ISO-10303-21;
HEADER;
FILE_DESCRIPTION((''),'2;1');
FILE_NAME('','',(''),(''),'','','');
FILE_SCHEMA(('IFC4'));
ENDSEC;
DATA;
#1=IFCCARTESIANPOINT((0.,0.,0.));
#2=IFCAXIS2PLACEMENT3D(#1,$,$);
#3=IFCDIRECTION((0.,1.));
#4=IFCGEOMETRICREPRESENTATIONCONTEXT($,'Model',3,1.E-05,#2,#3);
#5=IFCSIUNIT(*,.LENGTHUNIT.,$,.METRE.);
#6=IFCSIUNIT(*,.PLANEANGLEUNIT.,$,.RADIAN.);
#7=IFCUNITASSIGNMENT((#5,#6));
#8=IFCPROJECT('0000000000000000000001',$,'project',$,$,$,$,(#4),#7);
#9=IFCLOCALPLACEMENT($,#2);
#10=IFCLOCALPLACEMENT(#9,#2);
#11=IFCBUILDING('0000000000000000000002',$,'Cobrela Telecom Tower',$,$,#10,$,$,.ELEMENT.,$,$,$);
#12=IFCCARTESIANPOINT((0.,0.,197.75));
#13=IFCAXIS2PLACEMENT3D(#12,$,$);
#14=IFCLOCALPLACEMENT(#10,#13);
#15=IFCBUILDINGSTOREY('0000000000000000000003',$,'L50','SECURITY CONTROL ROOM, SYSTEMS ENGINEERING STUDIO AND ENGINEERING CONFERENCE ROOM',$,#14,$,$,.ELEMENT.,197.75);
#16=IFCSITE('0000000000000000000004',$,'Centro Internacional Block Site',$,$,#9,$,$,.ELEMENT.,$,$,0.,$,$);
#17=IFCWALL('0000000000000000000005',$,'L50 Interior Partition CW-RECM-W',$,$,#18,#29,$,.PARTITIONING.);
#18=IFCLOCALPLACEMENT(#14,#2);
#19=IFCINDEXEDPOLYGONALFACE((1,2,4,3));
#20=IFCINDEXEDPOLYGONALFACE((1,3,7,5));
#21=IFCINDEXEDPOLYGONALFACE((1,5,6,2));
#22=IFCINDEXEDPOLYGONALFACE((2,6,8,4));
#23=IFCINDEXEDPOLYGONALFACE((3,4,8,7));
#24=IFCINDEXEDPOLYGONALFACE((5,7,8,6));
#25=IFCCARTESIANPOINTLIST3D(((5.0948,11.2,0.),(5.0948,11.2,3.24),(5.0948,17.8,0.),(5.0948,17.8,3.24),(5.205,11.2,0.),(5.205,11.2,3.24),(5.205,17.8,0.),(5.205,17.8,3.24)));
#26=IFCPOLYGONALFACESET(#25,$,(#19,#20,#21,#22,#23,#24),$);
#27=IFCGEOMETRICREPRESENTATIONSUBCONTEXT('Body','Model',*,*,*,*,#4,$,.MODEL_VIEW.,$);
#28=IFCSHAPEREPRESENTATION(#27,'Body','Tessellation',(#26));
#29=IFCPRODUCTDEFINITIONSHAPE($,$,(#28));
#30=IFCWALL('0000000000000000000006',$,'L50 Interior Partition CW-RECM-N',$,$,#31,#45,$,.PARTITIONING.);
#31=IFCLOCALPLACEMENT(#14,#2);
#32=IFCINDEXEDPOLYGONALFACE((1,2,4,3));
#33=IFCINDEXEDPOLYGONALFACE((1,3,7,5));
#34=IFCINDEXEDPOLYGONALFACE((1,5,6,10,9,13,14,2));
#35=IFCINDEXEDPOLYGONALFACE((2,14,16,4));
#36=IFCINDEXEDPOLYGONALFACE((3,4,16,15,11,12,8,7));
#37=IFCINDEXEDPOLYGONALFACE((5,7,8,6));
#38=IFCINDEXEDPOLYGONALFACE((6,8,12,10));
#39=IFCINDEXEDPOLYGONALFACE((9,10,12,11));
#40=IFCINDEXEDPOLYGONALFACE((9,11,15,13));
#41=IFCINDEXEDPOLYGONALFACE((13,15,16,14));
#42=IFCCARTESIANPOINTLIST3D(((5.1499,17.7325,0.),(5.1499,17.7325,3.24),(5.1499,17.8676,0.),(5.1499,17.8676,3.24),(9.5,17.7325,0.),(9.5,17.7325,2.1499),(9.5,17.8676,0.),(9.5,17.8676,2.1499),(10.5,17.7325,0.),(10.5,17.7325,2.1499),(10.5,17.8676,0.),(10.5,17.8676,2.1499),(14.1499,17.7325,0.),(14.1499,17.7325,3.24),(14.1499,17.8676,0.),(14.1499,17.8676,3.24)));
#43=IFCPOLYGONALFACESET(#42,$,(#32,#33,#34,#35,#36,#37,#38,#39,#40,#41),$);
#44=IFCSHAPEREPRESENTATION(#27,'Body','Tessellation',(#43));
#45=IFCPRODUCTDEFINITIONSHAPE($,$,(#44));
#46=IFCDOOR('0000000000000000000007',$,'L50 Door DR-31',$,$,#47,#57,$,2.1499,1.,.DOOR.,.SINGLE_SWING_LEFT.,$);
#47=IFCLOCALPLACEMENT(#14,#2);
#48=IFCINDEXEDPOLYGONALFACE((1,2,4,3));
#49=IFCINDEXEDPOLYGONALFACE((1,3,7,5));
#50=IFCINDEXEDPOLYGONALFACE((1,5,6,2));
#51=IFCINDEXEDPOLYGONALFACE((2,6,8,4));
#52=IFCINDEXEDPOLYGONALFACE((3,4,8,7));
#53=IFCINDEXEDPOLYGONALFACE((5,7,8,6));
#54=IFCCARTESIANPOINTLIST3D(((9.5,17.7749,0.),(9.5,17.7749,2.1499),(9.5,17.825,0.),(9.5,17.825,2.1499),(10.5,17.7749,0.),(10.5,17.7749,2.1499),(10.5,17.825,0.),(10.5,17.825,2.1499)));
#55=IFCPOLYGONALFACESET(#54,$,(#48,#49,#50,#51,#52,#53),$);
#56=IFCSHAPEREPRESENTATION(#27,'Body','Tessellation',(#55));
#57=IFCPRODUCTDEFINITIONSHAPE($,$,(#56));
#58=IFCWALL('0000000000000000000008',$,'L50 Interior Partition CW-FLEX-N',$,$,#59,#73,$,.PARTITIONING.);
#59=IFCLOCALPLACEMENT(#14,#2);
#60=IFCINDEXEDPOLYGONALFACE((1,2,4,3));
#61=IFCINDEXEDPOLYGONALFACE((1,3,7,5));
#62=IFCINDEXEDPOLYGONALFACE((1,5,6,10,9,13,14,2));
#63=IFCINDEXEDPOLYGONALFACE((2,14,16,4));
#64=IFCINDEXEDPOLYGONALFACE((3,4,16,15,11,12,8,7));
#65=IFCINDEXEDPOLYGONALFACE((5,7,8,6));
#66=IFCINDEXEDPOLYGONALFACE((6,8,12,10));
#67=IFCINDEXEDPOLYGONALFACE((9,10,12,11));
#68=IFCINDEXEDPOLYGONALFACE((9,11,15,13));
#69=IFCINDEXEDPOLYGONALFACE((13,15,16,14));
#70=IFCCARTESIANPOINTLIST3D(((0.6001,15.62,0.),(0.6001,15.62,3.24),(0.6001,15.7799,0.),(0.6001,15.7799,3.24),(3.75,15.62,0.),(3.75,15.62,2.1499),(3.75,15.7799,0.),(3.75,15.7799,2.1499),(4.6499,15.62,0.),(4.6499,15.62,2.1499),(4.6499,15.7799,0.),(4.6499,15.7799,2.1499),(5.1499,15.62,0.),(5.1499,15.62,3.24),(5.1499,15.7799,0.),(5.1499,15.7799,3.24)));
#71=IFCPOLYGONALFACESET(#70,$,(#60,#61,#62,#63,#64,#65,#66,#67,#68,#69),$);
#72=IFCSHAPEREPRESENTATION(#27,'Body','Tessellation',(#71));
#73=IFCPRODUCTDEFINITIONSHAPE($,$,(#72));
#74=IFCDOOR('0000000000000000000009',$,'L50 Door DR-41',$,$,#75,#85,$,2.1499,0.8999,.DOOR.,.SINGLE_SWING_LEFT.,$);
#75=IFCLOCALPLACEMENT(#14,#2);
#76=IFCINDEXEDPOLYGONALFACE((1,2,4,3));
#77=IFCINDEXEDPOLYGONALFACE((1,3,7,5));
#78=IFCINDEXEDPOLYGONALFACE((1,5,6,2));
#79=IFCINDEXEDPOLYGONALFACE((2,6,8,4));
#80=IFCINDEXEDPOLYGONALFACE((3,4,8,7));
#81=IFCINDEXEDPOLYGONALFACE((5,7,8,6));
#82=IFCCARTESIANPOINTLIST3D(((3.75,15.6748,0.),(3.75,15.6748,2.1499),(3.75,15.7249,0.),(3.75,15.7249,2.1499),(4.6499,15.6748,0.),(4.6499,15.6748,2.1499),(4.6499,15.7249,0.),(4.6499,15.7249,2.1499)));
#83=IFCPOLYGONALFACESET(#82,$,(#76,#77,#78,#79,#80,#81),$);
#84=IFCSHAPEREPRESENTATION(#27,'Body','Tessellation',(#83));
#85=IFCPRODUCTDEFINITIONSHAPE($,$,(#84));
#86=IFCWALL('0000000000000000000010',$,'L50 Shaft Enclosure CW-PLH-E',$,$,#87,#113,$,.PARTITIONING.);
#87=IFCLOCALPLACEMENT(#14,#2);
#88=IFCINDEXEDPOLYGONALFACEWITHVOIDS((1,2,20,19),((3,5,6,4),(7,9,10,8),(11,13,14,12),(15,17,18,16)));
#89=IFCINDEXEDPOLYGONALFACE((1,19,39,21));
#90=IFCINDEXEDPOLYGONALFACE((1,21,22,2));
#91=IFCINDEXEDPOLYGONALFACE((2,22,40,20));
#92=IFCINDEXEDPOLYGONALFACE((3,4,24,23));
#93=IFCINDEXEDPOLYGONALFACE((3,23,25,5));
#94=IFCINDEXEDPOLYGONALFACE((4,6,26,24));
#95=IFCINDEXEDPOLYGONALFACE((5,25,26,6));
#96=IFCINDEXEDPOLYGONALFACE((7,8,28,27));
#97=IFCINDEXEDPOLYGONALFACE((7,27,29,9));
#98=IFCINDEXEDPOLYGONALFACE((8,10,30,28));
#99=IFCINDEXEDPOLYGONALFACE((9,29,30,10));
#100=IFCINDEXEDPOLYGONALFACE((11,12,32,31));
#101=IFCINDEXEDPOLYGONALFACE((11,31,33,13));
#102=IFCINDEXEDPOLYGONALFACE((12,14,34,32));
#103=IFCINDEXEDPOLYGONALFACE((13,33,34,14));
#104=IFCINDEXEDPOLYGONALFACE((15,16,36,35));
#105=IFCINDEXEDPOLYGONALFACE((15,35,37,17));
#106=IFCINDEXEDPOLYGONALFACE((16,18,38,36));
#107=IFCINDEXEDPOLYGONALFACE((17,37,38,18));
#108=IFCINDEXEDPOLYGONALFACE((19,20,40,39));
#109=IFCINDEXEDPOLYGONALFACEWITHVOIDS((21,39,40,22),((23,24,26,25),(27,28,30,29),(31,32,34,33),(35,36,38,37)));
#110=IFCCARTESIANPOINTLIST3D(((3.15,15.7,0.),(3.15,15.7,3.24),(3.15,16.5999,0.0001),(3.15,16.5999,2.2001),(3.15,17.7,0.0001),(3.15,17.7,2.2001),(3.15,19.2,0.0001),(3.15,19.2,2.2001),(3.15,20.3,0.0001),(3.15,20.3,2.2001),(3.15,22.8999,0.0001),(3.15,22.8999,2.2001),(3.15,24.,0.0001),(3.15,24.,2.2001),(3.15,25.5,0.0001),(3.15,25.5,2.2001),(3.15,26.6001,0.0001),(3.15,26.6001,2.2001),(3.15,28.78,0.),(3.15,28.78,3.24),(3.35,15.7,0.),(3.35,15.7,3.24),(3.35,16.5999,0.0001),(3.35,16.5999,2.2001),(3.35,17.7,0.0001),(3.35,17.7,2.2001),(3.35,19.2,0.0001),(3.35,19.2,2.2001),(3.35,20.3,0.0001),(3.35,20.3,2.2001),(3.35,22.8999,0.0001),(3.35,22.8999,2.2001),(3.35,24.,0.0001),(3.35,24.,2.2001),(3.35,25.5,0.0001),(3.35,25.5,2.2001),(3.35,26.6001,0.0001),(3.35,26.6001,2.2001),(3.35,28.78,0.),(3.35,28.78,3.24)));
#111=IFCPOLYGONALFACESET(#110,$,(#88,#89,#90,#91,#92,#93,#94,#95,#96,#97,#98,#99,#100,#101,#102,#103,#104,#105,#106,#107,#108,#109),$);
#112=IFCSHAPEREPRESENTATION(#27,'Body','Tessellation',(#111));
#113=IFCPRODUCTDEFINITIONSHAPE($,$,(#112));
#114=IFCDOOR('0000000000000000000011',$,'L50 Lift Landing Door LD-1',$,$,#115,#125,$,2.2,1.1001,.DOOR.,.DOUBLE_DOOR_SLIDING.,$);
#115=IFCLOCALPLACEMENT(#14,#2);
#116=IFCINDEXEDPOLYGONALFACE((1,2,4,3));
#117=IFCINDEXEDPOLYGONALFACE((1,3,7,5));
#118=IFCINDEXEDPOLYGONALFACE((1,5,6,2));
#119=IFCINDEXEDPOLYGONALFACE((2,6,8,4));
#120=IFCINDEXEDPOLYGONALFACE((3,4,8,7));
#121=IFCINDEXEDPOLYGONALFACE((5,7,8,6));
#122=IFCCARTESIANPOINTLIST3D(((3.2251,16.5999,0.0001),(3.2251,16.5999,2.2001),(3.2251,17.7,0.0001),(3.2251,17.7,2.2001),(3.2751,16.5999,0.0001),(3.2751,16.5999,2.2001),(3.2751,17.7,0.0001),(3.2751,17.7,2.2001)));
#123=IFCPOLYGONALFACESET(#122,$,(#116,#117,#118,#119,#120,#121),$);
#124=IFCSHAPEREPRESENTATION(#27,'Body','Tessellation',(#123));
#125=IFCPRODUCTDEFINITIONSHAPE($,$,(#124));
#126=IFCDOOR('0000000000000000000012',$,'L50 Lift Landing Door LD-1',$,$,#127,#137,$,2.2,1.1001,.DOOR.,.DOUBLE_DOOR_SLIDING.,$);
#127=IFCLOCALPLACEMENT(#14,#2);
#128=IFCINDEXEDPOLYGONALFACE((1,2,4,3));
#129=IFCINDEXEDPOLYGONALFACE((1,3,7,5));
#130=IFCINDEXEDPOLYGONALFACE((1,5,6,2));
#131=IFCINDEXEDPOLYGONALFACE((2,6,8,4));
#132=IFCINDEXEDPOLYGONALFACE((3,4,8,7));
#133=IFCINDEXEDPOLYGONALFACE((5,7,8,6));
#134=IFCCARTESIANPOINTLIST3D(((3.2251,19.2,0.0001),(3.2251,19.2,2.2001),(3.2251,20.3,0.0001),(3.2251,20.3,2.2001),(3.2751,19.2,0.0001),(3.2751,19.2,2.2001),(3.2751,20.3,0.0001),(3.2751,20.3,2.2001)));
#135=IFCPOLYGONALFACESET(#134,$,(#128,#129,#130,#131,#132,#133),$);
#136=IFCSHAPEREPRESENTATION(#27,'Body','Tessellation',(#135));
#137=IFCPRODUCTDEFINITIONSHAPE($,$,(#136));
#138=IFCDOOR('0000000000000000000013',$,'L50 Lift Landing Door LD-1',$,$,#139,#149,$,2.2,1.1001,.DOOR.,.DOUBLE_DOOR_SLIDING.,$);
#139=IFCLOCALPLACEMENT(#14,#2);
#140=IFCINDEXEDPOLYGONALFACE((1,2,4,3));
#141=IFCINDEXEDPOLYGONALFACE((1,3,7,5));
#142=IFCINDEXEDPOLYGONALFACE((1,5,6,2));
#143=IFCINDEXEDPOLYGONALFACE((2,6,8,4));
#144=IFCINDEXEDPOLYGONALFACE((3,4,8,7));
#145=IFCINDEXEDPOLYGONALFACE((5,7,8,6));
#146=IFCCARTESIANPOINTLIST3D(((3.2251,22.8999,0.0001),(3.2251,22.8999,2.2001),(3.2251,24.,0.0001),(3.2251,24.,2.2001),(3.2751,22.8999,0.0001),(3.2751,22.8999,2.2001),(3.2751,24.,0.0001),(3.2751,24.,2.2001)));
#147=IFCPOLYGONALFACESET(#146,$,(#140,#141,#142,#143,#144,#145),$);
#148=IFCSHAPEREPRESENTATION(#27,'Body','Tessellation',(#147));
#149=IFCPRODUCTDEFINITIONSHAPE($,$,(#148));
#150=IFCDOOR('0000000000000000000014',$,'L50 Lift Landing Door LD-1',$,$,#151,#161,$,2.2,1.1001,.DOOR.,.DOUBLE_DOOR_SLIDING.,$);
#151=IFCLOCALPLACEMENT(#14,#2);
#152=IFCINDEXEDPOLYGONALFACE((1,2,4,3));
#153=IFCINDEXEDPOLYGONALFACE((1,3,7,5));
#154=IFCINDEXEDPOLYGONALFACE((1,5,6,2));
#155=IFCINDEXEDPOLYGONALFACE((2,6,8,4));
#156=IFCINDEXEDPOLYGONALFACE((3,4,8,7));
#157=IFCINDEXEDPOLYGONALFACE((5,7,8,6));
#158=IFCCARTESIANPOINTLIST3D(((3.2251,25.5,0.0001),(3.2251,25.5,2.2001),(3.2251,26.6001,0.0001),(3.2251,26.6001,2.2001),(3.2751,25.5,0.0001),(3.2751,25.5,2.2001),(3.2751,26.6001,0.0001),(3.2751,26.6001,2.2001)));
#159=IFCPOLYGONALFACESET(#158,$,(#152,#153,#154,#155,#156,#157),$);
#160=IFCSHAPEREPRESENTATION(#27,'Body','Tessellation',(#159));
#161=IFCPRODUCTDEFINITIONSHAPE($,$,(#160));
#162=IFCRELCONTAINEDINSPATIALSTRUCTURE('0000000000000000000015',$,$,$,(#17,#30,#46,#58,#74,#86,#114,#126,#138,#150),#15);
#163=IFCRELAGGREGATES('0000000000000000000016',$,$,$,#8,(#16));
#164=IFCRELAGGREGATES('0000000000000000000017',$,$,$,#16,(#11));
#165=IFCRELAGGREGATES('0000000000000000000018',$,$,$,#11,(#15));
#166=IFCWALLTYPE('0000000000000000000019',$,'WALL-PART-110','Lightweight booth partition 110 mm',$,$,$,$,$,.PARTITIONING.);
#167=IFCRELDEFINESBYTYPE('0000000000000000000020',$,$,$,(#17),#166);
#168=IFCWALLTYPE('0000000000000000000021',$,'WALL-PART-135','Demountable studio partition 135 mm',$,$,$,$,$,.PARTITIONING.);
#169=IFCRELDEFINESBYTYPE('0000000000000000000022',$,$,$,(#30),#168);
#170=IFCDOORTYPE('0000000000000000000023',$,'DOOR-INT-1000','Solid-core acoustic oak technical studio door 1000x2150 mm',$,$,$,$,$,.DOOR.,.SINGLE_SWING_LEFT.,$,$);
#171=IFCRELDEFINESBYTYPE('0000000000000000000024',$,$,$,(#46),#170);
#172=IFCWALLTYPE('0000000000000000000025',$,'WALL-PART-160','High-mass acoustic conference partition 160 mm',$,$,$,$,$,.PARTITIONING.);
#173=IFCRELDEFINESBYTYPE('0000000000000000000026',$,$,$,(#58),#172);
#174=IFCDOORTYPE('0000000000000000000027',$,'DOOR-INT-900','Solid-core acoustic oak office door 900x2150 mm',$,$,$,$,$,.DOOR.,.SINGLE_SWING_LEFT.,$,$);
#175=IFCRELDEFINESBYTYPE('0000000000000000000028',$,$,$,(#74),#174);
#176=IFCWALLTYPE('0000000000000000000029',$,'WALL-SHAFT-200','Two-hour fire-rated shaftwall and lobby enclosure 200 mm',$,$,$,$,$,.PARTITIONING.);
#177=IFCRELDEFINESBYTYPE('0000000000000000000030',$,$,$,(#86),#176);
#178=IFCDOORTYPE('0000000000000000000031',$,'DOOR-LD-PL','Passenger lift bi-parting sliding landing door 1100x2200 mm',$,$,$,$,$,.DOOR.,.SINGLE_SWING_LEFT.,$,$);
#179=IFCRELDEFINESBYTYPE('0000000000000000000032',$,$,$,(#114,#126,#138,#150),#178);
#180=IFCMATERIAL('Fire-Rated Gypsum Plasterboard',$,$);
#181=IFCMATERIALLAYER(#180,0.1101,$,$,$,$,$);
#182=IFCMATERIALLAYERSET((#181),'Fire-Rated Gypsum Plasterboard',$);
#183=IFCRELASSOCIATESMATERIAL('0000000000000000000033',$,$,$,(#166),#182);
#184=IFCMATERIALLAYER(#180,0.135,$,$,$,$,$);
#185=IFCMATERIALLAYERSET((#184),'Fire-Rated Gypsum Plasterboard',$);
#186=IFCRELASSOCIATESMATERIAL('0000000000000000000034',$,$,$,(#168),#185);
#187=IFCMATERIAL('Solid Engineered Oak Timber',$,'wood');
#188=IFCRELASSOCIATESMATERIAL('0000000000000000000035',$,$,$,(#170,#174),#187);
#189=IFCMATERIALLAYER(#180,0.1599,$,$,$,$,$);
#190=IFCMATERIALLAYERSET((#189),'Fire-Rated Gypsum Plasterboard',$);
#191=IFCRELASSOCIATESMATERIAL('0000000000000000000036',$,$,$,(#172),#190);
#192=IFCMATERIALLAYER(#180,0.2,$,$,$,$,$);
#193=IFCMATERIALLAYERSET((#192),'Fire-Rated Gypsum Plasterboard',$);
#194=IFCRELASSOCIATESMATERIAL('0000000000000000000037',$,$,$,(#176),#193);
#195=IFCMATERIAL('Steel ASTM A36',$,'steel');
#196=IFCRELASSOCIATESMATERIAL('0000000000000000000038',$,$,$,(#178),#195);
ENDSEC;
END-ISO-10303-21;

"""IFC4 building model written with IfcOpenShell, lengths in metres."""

from ifc_helpers import new_model, si_unit, direction, frame, frame_2d, origin, place, context, subcontext, project, spatial, rectangle, extrude, material, layer, layer_set, type_object, element, fill, save


model = new_model("IFC4")

# Units and contexts
model_context = context("Model", 3, precision=1e-05, world=origin(), true_north=direction((0.0, 1.0)))
body_context = subcontext(model_context, "Body", "Model", "MODEL_VIEW")
ifc_project = project(units=[si_unit("LENGTHUNIT", "METRE"), si_unit("PLANEANGLEUNIT", "RADIAN")], contexts=[model_context])

# Site, building, storey
site_placement = place(None, origin())
site = spatial("IfcSite", under=ifc_project, at=site_placement, Name="Centro Internacional Block Site", CompositionType="ELEMENT", RefElevation=0.0)
building_placement = place(site_placement, origin())
building = spatial("IfcBuilding", under=site, at=building_placement, Name="Cobrela Telecom Tower", CompositionType="ELEMENT")
storey_placement = place(building_placement, frame((0.0, 0.0, 197.75)))
storey = spatial("IfcBuildingStorey", under=building, at=storey_placement, Name="L50", Description="SECURITY CONTROL ROOM, SYSTEMS ENGINEERING STUDIO AND ENGINEERING CONFERENCE ROOM", CompositionType="ELEMENT", Elevation=197.75)

# Wall
ifc_material_1 = material(Name="Fire-Rated Gypsum Plasterboard")
ifc_layer_1 = layer(ifc_material_1, 0.1101)
ifc_layer_set_1 = layer_set([ifc_layer_1], Name="Fire-Rated Gypsum Plasterboard")
wall_type_1 = type_object("IfcWallType", Name="WALL-PART-110", Description="Lightweight booth partition 110 mm", PredefinedType="PARTITIONING", material=ifc_layer_set_1)
wall_1_placement = place(storey_placement, frame((5.1499, 11.2, 0.0), z_axis=(0.0, 0.0, 1.0), x_axis=(0.0, 1.0, 0.0)))
element("IfcWall", 1, at=wall_1_placement, inside=storey, type_object=wall_type_1, Name="L50 Interior Partition CW-RECM-W", PredefinedType="PARTITIONING", context=body_context, shape_type="SweptSolid", body=[
    extrude(rectangle(XDim=6.6001, YDim=0.1101, at=frame_2d((3.3, 0.0))), origin(), (0.0, 0.0, 1.0), 3.24),
])

# Walls, openings, doors
ifc_layer_2 = layer(ifc_material_1, 0.135)
ifc_layer_set_2 = layer_set([ifc_layer_2], Name="Fire-Rated Gypsum Plasterboard")
wall_type_2 = type_object("IfcWallType", Name="WALL-PART-135", Description="Demountable studio partition 135 mm", PredefinedType="PARTITIONING", material=ifc_layer_set_2)
wall_2_placement = place(storey_placement, frame((5.1499, 17.8, 0.0), z_axis=(0.0, 0.0, 1.0), x_axis=(1.0, 0.0, 0.0)))
wall_2 = element("IfcWall", 2, at=wall_2_placement, inside=storey, type_object=wall_type_2, Name="L50 Interior Partition CW-RECM-N", PredefinedType="PARTITIONING", context=body_context, shape_type="SweptSolid", body=[
    extrude(rectangle(XDim=9.0, YDim=0.135, at=frame_2d((4.5, 0.0))), origin(), (0.0, 0.0, 1.0), 3.24),
])
opening_1_placement = place(wall_2_placement, frame((4.3501, 0.0, 0.0)))
opening_1 = element("IfcOpeningElement", 3, at=opening_1_placement, cuts=wall_2, PredefinedType="OPENING", context=body_context, shape_type="SweptSolid", body=[
    extrude(rectangle(XDim=1.0, YDim=2.1499, at=frame_2d((0.5, 1.075))), frame((0.0, 0.0796, 0.0), z_axis=(0.0, -1.0, 0.0), x_axis=(1.0, 0.0, 0.0)), (0.0, 0.0, 1.0), 0.1589),
])
ifc_material_2 = material(Name="Solid Engineered Oak Timber", Category="wood")
door_type_1 = type_object("IfcDoorType", Name="DOOR-INT-1000", Description="Solid-core acoustic oak technical studio door 1000x2150 mm", OperationType="SINGLE_SWING_LEFT", PredefinedType="DOOR", material=ifc_material_2)
door_1_placement = place(opening_1_placement, origin())
door_1 = element("IfcDoor", 4, at=door_1_placement, inside=storey, type_object=door_type_1, Name="L50 Door DR-31", OperationType="SINGLE_SWING_LEFT", OverallHeight=2.1499, OverallWidth=1.0, PredefinedType="DOOR", context=body_context, shape_type="SweptSolid", body=[
    extrude(rectangle(XDim=1.0, YDim=2.1499, at=frame_2d((0.5, 1.075))), frame((0.0, 0.0249, 0.0), z_axis=(0.0, -1.0, 0.0), x_axis=(1.0, 0.0, 0.0)), (0.0, 0.0, 1.0), 0.05),
])
fill(opening_1, door_1)
ifc_layer_3 = layer(ifc_material_1, 0.1599)
ifc_layer_set_3 = layer_set([ifc_layer_3], Name="Fire-Rated Gypsum Plasterboard")
wall_type_3 = type_object("IfcWallType", Name="WALL-PART-160", Description="High-mass acoustic conference partition 160 mm", PredefinedType="PARTITIONING", material=ifc_layer_set_3)
wall_3_placement = place(storey_placement, frame((0.6001, 15.7, 0.0), z_axis=(0.0, 0.0, 1.0), x_axis=(1.0, 0.0, 0.0)))
wall_3 = element("IfcWall", 5, at=wall_3_placement, inside=storey, type_object=wall_type_3, Name="L50 Interior Partition CW-FLEX-N", PredefinedType="PARTITIONING", context=body_context, shape_type="SweptSolid", body=[
    extrude(rectangle(XDim=4.5498, YDim=0.1599, at=frame_2d((2.2749, 0.0))), origin(), (0.0, 0.0, 1.0), 3.24),
])
opening_2_placement = place(wall_3_placement, frame((3.1499, 0.0, 0.0)))
opening_2 = element("IfcOpeningElement", 6, at=opening_2_placement, cuts=wall_3, PredefinedType="OPENING", context=body_context, shape_type="SweptSolid", body=[
    extrude(rectangle(XDim=0.8999, YDim=2.1499, at=frame_2d((0.45, 1.075))), frame((0.0, 0.0918, 0.0), z_axis=(0.0, -1.0, 0.0), x_axis=(1.0, 0.0, 0.0)), (0.0, 0.0, 1.0), 0.1838),
])
door_type_2 = type_object("IfcDoorType", Name="DOOR-INT-900", Description="Solid-core acoustic oak office door 900x2150 mm", OperationType="SINGLE_SWING_LEFT", PredefinedType="DOOR", material=ifc_material_2)
door_2_placement = place(opening_2_placement, origin())
door_2 = element("IfcDoor", 7, at=door_2_placement, inside=storey, type_object=door_type_2, Name="L50 Door DR-41", OperationType="SINGLE_SWING_LEFT", OverallHeight=2.1499, OverallWidth=0.8999, PredefinedType="DOOR", context=body_context, shape_type="SweptSolid", body=[
    extrude(rectangle(XDim=0.8999, YDim=2.1499, at=frame_2d((0.45, 1.075))), frame((0.0, 0.0249, 0.0), z_axis=(0.0, -1.0, 0.0), x_axis=(1.0, 0.0, 0.0)), (0.0, 0.0, 1.0), 0.05),
])
fill(opening_2, door_2)

# Wall, openings, doors
ifc_layer_4 = layer(ifc_material_1, 0.2)
ifc_layer_set_4 = layer_set([ifc_layer_4], Name="Fire-Rated Gypsum Plasterboard")
wall_type_4 = type_object("IfcWallType", Name="WALL-SHAFT-200", Description="Two-hour fire-rated shaftwall and lobby enclosure 200 mm", PredefinedType="PARTITIONING", material=ifc_layer_set_4)
wall_4_placement = place(storey_placement, frame((3.25, 15.7, 0.0), z_axis=(0.0, 0.0, 1.0), x_axis=(0.0, 1.0, 0.0)))
wall_4 = element("IfcWall", 8, at=wall_4_placement, inside=storey, type_object=wall_type_4, Name="L50 Shaft Enclosure CW-PLH-E", PredefinedType="PARTITIONING", context=body_context, shape_type="SweptSolid", body=[
    extrude(rectangle(XDim=13.0801, YDim=0.2, at=frame_2d((6.54, 0.0))), origin(), (0.0, 0.0, 1.0), 3.24),
])
opening_3_placement = place(wall_4_placement, frame((0.8999, 0.0, 0.0)))
opening_3 = element("IfcOpeningElement", 9, at=opening_3_placement, cuts=wall_4, PredefinedType="OPENING", context=body_context, shape_type="SweptSolid", body=[
    extrude(rectangle(XDim=1.1001, YDim=2.2, at=frame_2d((0.55, 1.1001))), frame((0.0, 0.1118, 0.0), z_axis=(0.0, -1.0, 0.0), x_axis=(1.0, 0.0, 0.0)), (0.0, 0.0, 1.0), 0.2239),
])
opening_4_placement = place(wall_4_placement, frame((3.5, 0.0, 0.0)))
opening_4 = element("IfcOpeningElement", 10, at=opening_4_placement, cuts=wall_4, PredefinedType="OPENING", context=body_context, shape_type="SweptSolid", body=[
    extrude(rectangle(XDim=1.1001, YDim=2.2, at=frame_2d((0.55, 1.1001))), frame((0.0, 0.1118, 0.0), z_axis=(0.0, -1.0, 0.0), x_axis=(1.0, 0.0, 0.0)), (0.0, 0.0, 1.0), 0.2239),
])
opening_5_placement = place(wall_4_placement, frame((7.2, 0.0, 0.0)))
opening_5 = element("IfcOpeningElement", 11, at=opening_5_placement, cuts=wall_4, PredefinedType="OPENING", context=body_context, shape_type="SweptSolid", body=[
    extrude(rectangle(XDim=1.1001, YDim=2.2, at=frame_2d((0.55, 1.1001))), frame((0.0, 0.1118, 0.0), z_axis=(0.0, -1.0, 0.0), x_axis=(1.0, 0.0, 0.0)), (0.0, 0.0, 1.0), 0.2239),
])
opening_6_placement = place(wall_4_placement, frame((9.8, 0.0, 0.0)))
opening_6 = element("IfcOpeningElement", 12, at=opening_6_placement, cuts=wall_4, PredefinedType="OPENING", context=body_context, shape_type="SweptSolid", body=[
    extrude(rectangle(XDim=1.1001, YDim=2.2, at=frame_2d((0.55, 1.1001))), frame((0.0, 0.1118, 0.0), z_axis=(0.0, -1.0, 0.0), x_axis=(1.0, 0.0, 0.0)), (0.0, 0.0, 1.0), 0.2239),
])
ifc_material_3 = material(Name="Steel ASTM A36", Category="steel")
door_type_3 = type_object("IfcDoorType", Name="DOOR-LD-PL", Description="Passenger lift bi-parting sliding landing door 1100x2200 mm", OperationType="SINGLE_SWING_LEFT", PredefinedType="DOOR", material=ifc_material_3)
door_3_placement = place(opening_3_placement, origin())
door_3 = element("IfcDoor", 13, at=door_3_placement, inside=storey, type_object=door_type_3, Name="L50 Lift Landing Door LD-1", OperationType="DOUBLE_DOOR_SLIDING", OverallHeight=2.2, OverallWidth=1.1001, PredefinedType="DOOR", context=body_context, shape_type="SweptSolid", body=[
    extrude(rectangle(XDim=1.1001, YDim=2.2, at=frame_2d((0.55, 1.1001))), frame((0.0, 0.0249, 0.0), z_axis=(0.0, -1.0, 0.0), x_axis=(1.0, 0.0, 0.0)), (0.0, 0.0, 1.0), 0.05),
])
fill(opening_3, door_3)
door_4_placement = place(opening_4_placement, origin())
door_4 = element("IfcDoor", 14, at=door_4_placement, inside=storey, type_object=door_type_3, Name="L50 Lift Landing Door LD-1", OperationType="DOUBLE_DOOR_SLIDING", OverallHeight=2.2, OverallWidth=1.1001, PredefinedType="DOOR", context=body_context, shape_type="SweptSolid", body=[
    extrude(rectangle(XDim=1.1001, YDim=2.2, at=frame_2d((0.55, 1.1001))), frame((0.0, 0.0249, 0.0), z_axis=(0.0, -1.0, 0.0), x_axis=(1.0, 0.0, 0.0)), (0.0, 0.0, 1.0), 0.05),
])
fill(opening_4, door_4)
door_5_placement = place(opening_5_placement, origin())
door_5 = element("IfcDoor", 15, at=door_5_placement, inside=storey, type_object=door_type_3, Name="L50 Lift Landing Door LD-1", OperationType="DOUBLE_DOOR_SLIDING", OverallHeight=2.2, OverallWidth=1.1001, PredefinedType="DOOR", context=body_context, shape_type="SweptSolid", body=[
    extrude(rectangle(XDim=1.1001, YDim=2.2, at=frame_2d((0.55, 1.1001))), frame((0.0, 0.0249, 0.0), z_axis=(0.0, -1.0, 0.0), x_axis=(1.0, 0.0, 0.0)), (0.0, 0.0, 1.0), 0.05),
])
fill(opening_5, door_5)
door_6_placement = place(opening_6_placement, origin())
door_6 = element("IfcDoor", 16, at=door_6_placement, inside=storey, type_object=door_type_3, Name="L50 Lift Landing Door LD-1", OperationType="DOUBLE_DOOR_SLIDING", OverallHeight=2.2, OverallWidth=1.1001, PredefinedType="DOOR", context=body_context, shape_type="SweptSolid", body=[
    extrude(rectangle(XDim=1.1001, YDim=2.2, at=frame_2d((0.55, 1.1001))), frame((0.0, 0.0249, 0.0), z_axis=(0.0, -1.0, 0.0), x_axis=(1.0, 0.0, 0.0)), (0.0, 0.0, 1.0), 0.05),
])
fill(opening_6, door_6)

save(model, "model.ifc")
